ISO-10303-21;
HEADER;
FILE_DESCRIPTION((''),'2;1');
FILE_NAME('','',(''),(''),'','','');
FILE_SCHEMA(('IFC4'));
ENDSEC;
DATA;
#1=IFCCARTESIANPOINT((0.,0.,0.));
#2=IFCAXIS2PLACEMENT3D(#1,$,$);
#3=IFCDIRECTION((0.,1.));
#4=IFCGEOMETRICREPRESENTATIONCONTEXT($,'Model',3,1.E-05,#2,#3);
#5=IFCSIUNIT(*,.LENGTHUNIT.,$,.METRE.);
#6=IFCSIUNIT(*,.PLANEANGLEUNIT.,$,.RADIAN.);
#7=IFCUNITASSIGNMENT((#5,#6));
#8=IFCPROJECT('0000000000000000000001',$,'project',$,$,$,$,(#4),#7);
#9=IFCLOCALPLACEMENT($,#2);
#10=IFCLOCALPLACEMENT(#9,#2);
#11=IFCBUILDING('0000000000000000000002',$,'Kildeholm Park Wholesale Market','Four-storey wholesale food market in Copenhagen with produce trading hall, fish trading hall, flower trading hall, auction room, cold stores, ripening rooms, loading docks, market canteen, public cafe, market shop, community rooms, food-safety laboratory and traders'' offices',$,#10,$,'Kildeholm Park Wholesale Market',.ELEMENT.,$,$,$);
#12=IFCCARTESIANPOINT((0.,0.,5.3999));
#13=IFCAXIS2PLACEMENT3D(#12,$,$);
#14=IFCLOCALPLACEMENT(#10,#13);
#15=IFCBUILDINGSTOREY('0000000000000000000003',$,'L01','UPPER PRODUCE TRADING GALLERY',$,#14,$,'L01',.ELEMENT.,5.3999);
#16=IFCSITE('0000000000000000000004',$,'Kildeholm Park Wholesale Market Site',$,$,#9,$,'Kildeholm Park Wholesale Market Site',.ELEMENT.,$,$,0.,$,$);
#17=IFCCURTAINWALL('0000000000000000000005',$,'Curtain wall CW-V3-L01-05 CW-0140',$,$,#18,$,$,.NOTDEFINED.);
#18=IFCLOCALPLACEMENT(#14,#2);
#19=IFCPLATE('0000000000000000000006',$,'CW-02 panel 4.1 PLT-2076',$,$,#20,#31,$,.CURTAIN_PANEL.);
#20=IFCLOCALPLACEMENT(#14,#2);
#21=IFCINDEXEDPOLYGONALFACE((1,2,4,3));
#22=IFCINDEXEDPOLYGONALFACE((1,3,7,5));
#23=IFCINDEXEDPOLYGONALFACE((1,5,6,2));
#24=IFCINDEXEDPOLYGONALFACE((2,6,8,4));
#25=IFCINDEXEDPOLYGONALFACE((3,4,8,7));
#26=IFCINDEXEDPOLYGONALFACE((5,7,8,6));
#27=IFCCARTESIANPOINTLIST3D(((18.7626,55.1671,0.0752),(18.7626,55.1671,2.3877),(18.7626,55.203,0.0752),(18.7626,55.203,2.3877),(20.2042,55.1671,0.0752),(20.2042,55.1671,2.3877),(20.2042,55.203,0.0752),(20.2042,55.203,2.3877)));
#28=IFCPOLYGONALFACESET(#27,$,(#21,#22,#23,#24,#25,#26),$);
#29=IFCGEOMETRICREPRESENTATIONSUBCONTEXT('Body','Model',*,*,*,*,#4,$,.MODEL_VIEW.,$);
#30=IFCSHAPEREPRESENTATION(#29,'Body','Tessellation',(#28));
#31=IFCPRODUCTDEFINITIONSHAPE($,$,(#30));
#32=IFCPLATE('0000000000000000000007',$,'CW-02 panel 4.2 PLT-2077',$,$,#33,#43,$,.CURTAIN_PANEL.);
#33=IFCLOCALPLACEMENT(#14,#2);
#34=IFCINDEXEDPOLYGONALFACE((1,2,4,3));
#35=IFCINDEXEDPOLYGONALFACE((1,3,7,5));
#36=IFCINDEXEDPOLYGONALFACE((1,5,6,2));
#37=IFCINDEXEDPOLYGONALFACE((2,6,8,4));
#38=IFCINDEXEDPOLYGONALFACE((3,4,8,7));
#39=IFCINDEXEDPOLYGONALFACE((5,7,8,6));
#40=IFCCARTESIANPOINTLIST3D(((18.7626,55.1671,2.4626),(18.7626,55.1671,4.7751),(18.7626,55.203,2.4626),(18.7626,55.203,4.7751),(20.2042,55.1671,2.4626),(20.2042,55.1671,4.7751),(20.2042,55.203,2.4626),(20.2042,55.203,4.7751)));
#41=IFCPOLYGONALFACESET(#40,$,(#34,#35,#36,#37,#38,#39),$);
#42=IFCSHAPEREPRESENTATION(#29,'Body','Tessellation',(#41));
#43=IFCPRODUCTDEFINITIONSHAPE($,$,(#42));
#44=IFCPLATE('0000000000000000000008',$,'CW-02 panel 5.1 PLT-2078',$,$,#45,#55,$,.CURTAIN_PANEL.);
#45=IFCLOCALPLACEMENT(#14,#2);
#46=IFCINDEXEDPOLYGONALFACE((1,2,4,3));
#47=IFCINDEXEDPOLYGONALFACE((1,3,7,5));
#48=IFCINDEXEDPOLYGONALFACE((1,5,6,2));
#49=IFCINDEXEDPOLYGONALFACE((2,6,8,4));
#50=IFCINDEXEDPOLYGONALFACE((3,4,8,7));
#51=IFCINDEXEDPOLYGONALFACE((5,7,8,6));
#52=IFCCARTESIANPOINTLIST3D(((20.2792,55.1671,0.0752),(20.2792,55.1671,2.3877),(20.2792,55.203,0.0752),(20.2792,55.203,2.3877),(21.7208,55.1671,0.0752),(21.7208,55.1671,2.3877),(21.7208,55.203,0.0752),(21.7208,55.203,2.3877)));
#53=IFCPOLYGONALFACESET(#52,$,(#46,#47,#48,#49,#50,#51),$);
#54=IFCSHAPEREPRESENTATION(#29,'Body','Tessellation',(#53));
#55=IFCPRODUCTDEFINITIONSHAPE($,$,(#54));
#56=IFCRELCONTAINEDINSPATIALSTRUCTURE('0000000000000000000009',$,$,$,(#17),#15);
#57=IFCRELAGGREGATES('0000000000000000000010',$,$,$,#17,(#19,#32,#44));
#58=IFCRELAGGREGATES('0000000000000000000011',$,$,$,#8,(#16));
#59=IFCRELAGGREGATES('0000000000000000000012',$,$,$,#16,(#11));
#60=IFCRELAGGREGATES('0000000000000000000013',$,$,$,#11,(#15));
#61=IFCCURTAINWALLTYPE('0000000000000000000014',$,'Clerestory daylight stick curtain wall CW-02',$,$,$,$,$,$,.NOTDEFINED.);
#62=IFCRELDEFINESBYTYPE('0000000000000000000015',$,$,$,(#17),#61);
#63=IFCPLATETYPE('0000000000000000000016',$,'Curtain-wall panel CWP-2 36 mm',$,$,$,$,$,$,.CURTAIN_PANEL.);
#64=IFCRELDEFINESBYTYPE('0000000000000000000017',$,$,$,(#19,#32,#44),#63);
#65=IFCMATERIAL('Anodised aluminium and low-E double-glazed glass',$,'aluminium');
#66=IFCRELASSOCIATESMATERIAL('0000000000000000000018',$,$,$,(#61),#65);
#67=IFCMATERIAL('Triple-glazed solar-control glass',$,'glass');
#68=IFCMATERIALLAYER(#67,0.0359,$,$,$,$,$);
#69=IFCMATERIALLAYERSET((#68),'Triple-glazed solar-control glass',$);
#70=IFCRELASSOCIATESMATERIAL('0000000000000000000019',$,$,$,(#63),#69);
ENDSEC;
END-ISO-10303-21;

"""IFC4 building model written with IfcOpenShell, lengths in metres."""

from ifc_helpers import new_model, si_unit, direction, frame, origin, origin_2d, place, context, subcontext, project, spatial, rectangle, extrude, material, layer, layer_set, type_object, element, aggregate, save


model = new_model("IFC4")

# Units and contexts
model_context = context("Model", 3, precision=1e-05, world=origin(), true_north=direction((0.0, 1.0)))
body_context = subcontext(model_context, "Body", "Model", "MODEL_VIEW")
ifc_project = project(units=[si_unit("LENGTHUNIT", "METRE"), si_unit("PLANEANGLEUNIT", "RADIAN")], contexts=[model_context])

# Site, building, storey
site_placement = place(None, origin())
site = spatial("IfcSite", under=ifc_project, at=site_placement, Name="Kildeholm Park Wholesale Market Site", LongName="Kildeholm Park Wholesale Market Site", CompositionType="ELEMENT", RefElevation=0.0)
building_placement = place(site_placement, origin())
building = spatial("IfcBuilding", under=site, at=building_placement, Name="Kildeholm Park Wholesale Market", Description="Four-storey wholesale food market in Copenhagen with produce trading hall, fish trading hall, flower trading hall, auction room, cold stores, ripening rooms, loading docks, market canteen, public cafe, market shop, community rooms, food-safety laboratory and traders' offices", LongName="Kildeholm Park Wholesale Market", CompositionType="ELEMENT")
storey_placement = place(building_placement, frame((0.0, 0.0, 5.3999)))
storey = spatial("IfcBuildingStorey", under=building, at=storey_placement, Name="L01", Description="UPPER PRODUCE TRADING GALLERY", LongName="L01", CompositionType="ELEMENT", Elevation=5.3999)

# Curtain wall
ifc_material_1 = material(Name="Anodised aluminium and low-E double-glazed glass", Category="aluminium")
curtain_wall_type = type_object("IfcCurtainWallType", Name="Clerestory daylight stick curtain wall CW-02", PredefinedType="NOTDEFINED", material=ifc_material_1)
curtain_wall_1_placement = place(storey_placement, origin())
curtain_wall_1 = element("IfcCurtainWall", 1, at=curtain_wall_1_placement, inside=storey, type_object=curtain_wall_type, Name="Curtain wall CW-V3-L01-05 CW-0140", PredefinedType="NOTDEFINED")

# Plates
ifc_material_2 = material(Name="Triple-glazed solar-control glass", Category="glass")
ifc_layer = layer(ifc_material_2, 0.0359)
ifc_layer_set = layer_set([ifc_layer], Name="Triple-glazed solar-control glass")
plate_type = type_object("IfcPlateType", Name="Curtain-wall panel CWP-2 36 mm", PredefinedType="CURTAIN_PANEL", material=ifc_layer_set)
plate_1_placement = place(storey_placement, frame((19.4834, 55.1851, 0.0752), z_axis=(0.0, 0.0, 1.0), x_axis=(1.0, 0.0, 0.0)))
plate_1 = element("IfcPlate", 2, at=plate_1_placement, type_object=plate_type, Name="CW-02 panel 4.1 PLT-2076", PredefinedType="CURTAIN_PANEL", context=body_context, shape_type="SweptSolid", body=[
    extrude(rectangle(XDim=1.4417, YDim=0.0359, at=origin_2d()), origin(), (0.0, 0.0, 1.0), 2.3125),
])
plate_2_placement = place(storey_placement, frame((19.4834, 55.1851, 2.4626), z_axis=(0.0, 0.0, 1.0), x_axis=(1.0, 0.0, 0.0)))
plate_2 = element("IfcPlate", 3, at=plate_2_placement, type_object=plate_type, Name="CW-02 panel 4.2 PLT-2077", PredefinedType="CURTAIN_PANEL", context=body_context, shape_type="SweptSolid", body=[
    extrude(rectangle(XDim=1.4417, YDim=0.0359, at=origin_2d()), origin(), (0.0, 0.0, 1.0), 2.3125),
])
plate_3_placement = place(storey_placement, frame((21.0, 55.1851, 0.0752), z_axis=(0.0, 0.0, 1.0), x_axis=(1.0, 0.0, 0.0)))
plate_3 = element("IfcPlate", 4, at=plate_3_placement, type_object=plate_type, Name="CW-02 panel 5.1 PLT-2078", PredefinedType="CURTAIN_PANEL", context=body_context, shape_type="SweptSolid", body=[
    extrude(rectangle(XDim=1.4417, YDim=0.0359, at=origin_2d()), origin(), (0.0, 0.0, 1.0), 2.3125),
])
aggregate(curtain_wall_1, [plate_1, plate_2, plate_3])

save(model, "model.ifc")
